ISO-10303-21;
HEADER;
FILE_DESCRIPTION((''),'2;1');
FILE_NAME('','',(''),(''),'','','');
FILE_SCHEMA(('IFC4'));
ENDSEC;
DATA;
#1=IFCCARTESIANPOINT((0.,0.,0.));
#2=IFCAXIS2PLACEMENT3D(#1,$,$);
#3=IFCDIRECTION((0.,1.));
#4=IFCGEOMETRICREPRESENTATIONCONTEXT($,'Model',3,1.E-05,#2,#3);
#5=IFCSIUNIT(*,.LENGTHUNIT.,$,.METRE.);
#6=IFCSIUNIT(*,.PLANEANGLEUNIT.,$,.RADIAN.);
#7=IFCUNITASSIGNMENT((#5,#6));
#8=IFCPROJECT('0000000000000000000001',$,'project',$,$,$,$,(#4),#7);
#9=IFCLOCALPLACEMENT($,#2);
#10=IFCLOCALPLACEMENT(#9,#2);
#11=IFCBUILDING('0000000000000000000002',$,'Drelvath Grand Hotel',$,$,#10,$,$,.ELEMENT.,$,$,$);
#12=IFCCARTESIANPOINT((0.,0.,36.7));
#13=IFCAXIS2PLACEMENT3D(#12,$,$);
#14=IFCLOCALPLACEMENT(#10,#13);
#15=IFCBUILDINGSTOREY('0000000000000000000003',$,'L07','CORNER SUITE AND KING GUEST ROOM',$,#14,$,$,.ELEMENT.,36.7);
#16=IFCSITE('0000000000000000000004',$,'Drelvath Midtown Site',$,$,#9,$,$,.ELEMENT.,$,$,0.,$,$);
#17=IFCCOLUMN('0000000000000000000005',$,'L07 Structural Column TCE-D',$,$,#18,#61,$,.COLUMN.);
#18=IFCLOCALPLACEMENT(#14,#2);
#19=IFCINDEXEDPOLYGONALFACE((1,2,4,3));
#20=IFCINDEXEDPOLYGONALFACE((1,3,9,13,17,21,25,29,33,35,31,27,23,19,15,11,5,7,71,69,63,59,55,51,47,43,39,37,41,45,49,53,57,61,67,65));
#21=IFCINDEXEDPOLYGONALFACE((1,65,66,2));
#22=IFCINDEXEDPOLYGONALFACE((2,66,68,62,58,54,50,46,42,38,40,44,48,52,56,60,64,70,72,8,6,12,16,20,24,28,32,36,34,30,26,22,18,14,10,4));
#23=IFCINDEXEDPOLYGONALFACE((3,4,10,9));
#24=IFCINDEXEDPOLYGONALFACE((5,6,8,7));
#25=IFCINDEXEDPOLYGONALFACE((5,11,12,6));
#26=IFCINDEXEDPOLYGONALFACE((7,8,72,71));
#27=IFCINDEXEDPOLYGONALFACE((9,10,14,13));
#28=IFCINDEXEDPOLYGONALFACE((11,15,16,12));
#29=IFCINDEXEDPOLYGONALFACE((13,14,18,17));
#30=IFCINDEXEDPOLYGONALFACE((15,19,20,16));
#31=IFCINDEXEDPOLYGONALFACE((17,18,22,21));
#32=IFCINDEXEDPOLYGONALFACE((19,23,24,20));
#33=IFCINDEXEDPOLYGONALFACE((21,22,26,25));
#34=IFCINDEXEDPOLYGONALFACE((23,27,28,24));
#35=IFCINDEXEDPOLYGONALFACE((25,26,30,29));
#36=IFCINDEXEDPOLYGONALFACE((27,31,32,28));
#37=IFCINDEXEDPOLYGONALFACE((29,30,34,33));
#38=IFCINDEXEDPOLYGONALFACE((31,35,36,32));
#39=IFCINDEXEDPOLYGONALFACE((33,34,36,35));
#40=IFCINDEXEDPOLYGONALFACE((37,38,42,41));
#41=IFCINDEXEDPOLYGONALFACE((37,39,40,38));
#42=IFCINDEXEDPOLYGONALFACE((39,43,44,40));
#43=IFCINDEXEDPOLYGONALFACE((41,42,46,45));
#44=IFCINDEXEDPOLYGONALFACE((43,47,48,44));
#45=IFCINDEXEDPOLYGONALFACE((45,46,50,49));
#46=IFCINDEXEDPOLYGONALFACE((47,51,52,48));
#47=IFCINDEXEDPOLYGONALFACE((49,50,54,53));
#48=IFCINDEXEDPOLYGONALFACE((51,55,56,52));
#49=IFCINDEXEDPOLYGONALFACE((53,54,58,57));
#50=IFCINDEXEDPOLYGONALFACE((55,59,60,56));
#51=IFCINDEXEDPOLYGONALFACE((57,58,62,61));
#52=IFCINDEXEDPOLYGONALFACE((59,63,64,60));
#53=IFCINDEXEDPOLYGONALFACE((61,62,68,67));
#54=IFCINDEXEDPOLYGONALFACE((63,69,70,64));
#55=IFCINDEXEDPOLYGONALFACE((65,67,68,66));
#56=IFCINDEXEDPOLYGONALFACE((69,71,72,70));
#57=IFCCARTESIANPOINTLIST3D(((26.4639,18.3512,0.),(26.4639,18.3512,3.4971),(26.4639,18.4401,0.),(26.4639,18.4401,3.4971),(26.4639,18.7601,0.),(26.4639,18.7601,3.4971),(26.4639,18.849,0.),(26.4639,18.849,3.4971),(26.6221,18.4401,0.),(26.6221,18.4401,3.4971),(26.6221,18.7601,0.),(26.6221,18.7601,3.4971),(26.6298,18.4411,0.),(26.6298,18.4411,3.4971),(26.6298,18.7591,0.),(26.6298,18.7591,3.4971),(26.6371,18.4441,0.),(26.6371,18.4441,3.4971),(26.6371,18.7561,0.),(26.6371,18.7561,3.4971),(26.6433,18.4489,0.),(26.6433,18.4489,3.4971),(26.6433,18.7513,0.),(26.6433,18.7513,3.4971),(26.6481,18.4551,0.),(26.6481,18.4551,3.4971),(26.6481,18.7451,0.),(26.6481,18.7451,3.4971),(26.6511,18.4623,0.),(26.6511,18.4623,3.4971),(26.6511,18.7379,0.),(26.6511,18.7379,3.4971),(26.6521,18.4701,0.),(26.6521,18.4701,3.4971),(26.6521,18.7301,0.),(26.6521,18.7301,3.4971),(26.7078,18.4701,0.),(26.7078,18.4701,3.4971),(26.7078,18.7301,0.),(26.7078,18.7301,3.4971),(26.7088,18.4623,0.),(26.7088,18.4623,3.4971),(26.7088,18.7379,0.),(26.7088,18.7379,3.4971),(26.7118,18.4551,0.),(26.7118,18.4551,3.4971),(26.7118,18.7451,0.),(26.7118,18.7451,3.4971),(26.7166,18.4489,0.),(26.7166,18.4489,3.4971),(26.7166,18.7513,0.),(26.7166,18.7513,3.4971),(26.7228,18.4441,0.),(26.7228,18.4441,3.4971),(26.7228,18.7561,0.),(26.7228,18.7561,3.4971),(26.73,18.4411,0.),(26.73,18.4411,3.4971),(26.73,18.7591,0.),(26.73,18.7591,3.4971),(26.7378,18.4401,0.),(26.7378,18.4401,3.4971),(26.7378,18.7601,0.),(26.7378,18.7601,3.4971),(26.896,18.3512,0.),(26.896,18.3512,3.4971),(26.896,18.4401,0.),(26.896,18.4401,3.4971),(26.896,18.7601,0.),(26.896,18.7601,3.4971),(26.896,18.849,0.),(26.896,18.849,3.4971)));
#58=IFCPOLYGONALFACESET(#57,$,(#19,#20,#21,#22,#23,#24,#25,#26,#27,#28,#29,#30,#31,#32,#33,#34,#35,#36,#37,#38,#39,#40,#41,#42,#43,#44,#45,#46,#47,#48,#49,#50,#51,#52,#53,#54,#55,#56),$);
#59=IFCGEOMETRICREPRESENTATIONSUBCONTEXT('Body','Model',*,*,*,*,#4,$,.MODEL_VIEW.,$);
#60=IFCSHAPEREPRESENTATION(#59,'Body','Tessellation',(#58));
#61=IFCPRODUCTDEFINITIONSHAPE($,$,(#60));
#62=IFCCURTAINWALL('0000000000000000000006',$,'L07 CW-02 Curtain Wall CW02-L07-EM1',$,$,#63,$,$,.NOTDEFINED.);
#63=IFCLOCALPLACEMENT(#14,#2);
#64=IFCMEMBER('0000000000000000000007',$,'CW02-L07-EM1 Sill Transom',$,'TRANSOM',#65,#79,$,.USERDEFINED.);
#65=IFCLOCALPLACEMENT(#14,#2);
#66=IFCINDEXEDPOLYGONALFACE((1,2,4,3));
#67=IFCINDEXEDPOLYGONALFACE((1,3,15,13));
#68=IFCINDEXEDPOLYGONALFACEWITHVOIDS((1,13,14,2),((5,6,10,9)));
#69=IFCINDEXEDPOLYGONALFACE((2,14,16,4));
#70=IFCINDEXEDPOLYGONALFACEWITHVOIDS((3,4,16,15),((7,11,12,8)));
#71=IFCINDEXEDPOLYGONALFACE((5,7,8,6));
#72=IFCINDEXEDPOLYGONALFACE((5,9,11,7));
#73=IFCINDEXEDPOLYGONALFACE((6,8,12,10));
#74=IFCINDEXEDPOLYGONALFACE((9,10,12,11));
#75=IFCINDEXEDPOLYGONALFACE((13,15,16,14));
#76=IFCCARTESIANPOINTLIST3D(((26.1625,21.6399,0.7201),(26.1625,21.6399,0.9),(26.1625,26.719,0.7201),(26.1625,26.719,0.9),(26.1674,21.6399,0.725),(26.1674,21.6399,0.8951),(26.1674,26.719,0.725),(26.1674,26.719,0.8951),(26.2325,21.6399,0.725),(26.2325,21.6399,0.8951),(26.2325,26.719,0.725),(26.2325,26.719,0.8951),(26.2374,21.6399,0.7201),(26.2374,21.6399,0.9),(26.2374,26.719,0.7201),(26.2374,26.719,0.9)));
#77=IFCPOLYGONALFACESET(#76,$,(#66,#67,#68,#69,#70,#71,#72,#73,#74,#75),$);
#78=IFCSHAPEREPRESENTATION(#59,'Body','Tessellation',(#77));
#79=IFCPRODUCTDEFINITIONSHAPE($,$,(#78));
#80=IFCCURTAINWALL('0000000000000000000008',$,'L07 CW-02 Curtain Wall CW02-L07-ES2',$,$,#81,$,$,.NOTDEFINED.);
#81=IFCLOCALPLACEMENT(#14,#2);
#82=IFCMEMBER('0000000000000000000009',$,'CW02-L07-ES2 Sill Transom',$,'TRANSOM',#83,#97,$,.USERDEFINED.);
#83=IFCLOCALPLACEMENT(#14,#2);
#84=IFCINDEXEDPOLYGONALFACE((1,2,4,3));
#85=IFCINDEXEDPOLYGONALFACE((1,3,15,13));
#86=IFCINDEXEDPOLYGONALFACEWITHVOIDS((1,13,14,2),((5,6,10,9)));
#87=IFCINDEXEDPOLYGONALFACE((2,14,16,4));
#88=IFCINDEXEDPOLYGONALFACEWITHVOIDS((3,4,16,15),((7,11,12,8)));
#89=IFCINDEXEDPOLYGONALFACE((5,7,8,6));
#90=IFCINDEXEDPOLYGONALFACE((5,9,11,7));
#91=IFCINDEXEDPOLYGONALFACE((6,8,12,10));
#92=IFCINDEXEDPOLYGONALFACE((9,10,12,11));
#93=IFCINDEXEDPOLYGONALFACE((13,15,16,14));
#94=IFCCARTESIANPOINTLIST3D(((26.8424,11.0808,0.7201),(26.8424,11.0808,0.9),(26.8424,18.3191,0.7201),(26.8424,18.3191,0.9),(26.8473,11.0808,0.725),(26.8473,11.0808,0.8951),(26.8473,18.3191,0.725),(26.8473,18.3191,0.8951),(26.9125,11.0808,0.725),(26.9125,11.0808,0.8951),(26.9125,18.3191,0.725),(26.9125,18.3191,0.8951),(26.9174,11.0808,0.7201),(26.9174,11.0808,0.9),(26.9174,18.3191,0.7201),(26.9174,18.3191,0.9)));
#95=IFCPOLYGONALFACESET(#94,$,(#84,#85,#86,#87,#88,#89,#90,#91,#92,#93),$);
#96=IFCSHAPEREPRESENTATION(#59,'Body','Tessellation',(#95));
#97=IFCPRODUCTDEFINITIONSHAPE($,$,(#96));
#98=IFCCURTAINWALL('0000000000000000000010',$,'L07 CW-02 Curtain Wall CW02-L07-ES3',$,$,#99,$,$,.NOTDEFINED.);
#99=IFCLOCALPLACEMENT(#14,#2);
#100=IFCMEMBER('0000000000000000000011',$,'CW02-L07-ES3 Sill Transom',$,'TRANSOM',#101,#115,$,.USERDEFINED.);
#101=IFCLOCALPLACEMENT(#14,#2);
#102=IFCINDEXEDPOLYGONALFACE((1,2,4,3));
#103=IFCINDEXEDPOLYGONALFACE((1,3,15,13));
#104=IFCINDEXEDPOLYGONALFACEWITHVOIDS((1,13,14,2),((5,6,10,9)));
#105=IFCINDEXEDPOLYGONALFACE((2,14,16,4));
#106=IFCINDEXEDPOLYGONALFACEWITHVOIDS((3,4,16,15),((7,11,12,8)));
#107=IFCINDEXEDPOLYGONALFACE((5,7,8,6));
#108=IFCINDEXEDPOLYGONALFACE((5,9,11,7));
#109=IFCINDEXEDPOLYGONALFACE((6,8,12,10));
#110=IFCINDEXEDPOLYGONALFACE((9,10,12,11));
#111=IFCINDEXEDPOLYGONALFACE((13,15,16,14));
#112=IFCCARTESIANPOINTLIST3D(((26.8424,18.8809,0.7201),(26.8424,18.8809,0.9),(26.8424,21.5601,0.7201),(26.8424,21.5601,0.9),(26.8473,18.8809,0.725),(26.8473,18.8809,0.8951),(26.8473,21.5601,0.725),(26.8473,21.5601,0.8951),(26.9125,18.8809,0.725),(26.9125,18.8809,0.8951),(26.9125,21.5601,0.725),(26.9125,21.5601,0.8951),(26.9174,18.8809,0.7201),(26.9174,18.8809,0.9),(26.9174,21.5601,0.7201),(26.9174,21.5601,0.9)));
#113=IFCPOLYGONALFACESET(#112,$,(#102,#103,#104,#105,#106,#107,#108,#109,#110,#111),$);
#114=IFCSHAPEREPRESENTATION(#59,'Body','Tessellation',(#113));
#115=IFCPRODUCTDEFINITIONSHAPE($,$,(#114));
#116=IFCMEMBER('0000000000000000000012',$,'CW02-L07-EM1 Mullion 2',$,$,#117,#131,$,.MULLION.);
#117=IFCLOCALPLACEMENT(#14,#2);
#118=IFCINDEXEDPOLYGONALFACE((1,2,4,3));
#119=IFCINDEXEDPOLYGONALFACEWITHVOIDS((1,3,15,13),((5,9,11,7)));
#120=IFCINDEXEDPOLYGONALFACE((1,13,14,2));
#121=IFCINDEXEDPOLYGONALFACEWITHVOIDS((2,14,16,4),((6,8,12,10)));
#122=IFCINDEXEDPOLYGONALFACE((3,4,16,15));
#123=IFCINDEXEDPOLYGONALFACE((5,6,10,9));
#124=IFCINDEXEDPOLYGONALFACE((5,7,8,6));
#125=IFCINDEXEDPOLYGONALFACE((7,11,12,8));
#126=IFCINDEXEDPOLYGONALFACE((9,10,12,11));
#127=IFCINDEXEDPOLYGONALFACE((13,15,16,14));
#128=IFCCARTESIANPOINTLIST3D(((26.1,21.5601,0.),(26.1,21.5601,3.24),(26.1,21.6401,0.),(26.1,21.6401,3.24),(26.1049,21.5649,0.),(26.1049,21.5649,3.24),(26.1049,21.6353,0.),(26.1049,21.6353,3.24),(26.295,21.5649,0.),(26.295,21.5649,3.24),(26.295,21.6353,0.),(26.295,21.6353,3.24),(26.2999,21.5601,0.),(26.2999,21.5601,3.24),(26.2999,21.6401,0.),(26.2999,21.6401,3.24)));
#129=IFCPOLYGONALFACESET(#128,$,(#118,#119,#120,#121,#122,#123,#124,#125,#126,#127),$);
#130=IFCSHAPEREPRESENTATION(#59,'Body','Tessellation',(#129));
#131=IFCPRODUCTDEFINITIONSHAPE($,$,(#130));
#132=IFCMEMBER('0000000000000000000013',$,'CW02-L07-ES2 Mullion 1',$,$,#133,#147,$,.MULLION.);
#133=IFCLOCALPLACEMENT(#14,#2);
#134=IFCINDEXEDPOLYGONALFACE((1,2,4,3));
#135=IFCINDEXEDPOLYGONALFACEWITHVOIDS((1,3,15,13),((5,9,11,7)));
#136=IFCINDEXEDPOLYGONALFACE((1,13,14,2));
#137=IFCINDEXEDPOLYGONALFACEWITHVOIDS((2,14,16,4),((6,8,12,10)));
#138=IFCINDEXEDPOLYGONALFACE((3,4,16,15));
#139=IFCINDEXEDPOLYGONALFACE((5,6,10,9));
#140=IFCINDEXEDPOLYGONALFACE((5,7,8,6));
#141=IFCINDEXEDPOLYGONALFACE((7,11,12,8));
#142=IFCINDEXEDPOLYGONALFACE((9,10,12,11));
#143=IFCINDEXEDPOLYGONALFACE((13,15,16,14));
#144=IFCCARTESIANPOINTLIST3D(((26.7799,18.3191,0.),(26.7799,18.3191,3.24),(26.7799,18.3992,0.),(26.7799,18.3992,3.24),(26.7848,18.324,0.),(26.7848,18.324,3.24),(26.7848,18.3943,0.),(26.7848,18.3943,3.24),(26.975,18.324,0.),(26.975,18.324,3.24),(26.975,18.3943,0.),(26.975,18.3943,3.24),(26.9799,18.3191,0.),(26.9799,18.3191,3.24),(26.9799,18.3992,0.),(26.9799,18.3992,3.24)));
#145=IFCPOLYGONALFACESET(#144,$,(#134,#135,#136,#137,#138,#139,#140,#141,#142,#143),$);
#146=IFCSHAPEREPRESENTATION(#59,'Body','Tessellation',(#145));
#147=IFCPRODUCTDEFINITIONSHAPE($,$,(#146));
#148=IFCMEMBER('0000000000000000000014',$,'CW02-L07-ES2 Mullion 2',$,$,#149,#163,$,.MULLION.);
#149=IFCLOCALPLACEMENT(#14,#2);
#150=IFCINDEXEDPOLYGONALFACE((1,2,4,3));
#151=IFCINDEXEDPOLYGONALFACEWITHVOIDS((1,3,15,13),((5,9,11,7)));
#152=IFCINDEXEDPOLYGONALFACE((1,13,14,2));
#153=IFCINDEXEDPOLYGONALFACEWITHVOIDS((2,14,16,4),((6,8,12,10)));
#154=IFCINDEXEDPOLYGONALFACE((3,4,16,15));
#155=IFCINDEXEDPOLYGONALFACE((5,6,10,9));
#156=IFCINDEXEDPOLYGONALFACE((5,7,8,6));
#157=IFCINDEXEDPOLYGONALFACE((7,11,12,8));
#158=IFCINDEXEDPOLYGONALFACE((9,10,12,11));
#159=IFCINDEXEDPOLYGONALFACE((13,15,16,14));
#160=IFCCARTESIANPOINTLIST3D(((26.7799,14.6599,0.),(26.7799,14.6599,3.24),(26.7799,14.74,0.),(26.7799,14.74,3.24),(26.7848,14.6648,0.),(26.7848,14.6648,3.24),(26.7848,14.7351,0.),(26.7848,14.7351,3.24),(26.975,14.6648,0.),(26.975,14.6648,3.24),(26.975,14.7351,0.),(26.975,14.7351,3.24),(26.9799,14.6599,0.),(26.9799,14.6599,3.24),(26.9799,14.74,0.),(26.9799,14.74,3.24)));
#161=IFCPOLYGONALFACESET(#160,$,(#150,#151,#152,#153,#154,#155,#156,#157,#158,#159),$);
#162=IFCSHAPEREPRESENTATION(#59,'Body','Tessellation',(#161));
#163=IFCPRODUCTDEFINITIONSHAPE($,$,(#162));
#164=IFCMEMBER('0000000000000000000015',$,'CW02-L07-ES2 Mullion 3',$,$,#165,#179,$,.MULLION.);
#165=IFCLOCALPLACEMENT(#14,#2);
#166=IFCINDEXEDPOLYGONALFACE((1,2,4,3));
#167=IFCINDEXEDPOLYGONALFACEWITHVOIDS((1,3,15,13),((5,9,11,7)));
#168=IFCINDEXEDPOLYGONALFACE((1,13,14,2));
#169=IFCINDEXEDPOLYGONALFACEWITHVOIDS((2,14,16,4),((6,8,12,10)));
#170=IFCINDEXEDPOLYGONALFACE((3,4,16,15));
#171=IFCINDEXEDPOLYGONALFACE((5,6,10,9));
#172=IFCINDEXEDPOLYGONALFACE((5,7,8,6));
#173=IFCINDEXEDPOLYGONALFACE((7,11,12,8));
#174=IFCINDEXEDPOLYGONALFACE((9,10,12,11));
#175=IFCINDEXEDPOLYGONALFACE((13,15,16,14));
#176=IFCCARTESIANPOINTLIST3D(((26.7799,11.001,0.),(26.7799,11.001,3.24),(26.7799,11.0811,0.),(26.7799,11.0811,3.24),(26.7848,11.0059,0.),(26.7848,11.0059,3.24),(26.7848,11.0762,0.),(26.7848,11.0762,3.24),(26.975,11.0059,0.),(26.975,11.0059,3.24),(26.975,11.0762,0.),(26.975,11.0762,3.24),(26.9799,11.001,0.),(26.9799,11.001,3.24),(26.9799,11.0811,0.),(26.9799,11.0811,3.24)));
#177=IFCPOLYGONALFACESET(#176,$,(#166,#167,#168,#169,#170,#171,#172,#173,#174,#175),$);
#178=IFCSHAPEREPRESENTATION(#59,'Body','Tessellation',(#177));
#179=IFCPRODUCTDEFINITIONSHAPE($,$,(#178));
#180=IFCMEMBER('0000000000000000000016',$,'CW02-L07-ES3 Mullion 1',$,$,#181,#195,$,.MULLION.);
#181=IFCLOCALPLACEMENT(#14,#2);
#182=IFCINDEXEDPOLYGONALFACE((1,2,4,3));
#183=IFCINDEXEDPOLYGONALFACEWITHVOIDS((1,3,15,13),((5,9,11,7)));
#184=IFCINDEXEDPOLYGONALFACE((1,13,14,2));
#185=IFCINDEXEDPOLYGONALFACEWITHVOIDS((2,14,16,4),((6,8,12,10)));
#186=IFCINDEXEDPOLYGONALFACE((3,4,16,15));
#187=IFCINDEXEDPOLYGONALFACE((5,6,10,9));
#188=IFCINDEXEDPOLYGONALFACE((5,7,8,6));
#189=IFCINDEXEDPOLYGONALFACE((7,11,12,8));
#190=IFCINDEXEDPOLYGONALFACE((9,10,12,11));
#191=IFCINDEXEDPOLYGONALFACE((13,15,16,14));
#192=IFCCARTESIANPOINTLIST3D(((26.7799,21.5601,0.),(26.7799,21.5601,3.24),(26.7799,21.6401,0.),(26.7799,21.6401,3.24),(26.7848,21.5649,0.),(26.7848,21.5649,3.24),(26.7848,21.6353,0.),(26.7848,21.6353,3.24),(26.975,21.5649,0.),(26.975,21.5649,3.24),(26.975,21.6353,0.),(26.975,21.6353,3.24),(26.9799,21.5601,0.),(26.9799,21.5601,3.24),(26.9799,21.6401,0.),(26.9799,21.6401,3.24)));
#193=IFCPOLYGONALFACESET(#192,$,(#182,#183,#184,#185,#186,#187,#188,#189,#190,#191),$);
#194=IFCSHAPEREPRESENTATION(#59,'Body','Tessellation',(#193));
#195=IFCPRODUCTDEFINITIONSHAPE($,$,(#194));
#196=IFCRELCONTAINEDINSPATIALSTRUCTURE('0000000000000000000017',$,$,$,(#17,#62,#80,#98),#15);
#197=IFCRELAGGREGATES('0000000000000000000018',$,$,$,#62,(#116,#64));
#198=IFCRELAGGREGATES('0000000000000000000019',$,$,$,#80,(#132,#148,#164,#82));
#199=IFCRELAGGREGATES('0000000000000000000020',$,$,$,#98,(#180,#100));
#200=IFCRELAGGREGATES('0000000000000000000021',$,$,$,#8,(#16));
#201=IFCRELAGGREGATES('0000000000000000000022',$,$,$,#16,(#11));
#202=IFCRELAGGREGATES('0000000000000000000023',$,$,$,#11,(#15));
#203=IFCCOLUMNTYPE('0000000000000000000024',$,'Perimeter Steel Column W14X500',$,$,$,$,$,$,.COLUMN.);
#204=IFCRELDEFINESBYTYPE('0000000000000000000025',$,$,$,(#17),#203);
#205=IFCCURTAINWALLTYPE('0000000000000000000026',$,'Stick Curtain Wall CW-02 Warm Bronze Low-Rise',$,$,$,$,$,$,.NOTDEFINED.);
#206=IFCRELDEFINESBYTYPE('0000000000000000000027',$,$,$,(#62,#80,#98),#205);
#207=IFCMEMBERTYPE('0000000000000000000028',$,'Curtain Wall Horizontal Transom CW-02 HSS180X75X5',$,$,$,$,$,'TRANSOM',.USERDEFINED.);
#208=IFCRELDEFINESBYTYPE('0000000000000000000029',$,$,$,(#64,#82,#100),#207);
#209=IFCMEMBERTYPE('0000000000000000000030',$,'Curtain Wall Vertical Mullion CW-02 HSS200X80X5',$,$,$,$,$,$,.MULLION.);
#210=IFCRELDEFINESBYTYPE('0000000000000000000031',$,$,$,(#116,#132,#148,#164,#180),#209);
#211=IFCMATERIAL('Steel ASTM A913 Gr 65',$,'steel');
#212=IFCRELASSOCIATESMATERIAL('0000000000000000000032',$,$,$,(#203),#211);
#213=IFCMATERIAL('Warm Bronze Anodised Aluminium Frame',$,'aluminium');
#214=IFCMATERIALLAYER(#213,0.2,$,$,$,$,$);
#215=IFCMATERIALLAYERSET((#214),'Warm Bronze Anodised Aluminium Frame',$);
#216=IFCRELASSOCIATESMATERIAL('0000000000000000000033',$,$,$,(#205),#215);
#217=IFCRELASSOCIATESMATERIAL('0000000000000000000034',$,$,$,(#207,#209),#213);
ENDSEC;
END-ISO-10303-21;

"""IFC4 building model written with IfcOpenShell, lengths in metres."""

from ifc_helpers import new_model, si_unit, direction, frame, origin, origin_2d, place, context, subcontext, project, spatial, hollow_rectangle, i_section, extrude, material, layer, layer_set, material_profile, profile_set, type_object, element, aggregate, save


model = new_model("IFC4")

# Units and contexts
model_context = context("Model", 3, precision=1e-05, world=origin(), true_north=direction((0.0, 1.0)))
body_context = subcontext(model_context, "Body", "Model", "MODEL_VIEW")
ifc_project = project(units=[si_unit("LENGTHUNIT", "METRE"), si_unit("PLANEANGLEUNIT", "RADIAN")], contexts=[model_context])

# Site, building, storey
site_placement = place(None, origin())
site = spatial("IfcSite", under=ifc_project, at=site_placement, Name="Drelvath Midtown Site", CompositionType="ELEMENT", RefElevation=0.0)
building_placement = place(site_placement, origin())
building = spatial("IfcBuilding", under=site, at=building_placement, Name="Drelvath Grand Hotel", CompositionType="ELEMENT")
storey_placement = place(building_placement, frame((0.0, 0.0, 36.7)))
storey = spatial("IfcBuildingStorey", under=building, at=storey_placement, Name="L07", Description="CORNER SUITE AND KING GUEST ROOM", CompositionType="ELEMENT", Elevation=36.7)

# Column
ifc_material_1 = material(Name="Steel ASTM A913 Gr 65", Category="steel")
ifc_material_profile_1 = material_profile(ifc_material_1, i_section(OverallWidth=0.4321, OverallDepth=0.4978, WebThickness=0.0557, FlangeThickness=0.0889, FilletRadius=0.03, at=origin_2d()), Name="W14X500")
ifc_profile_set_1 = profile_set([ifc_material_profile_1], Name="Steel ASTM A913 Gr 65")
column_type = type_object("IfcColumnType", Name="Perimeter Steel Column W14X500", PredefinedType="COLUMN", material=ifc_profile_set_1)
column_placement = place(storey_placement, frame((26.6799, 18.6001, 0.0), z_axis=(0.0, 0.0, 1.0), x_axis=(1.0, 0.0, 0.0)))
element("IfcColumn", 1, at=column_placement, inside=storey, type_object=column_type, Name="L07 Structural Column TCE-D", PredefinedType="COLUMN", context=body_context, shape_type="SweptSolid", body=[
    extrude(i_section(OverallWidth=0.4321, OverallDepth=0.4978, WebThickness=0.0557, FlangeThickness=0.0889, FilletRadius=0.03, at=origin_2d()), origin(), (0.0, 0.0, 1.0), 3.4971),
])

# Curtain walls, members
ifc_material_2 = material(Name="Warm Bronze Anodised Aluminium Frame", Category="aluminium")
ifc_layer_1 = layer(ifc_material_2, 0.2)
ifc_layer_set_1 = layer_set([ifc_layer_1], Name="Warm Bronze Anodised Aluminium Frame")
curtain_wall_type = type_object("IfcCurtainWallType", Name="Stick Curtain Wall CW-02 Warm Bronze Low-Rise", PredefinedType="NOTDEFINED", material=ifc_layer_set_1)
curtain_wall_1_placement = place(storey_placement, origin())
curtain_wall_1 = element("IfcCurtainWall", 2, at=curtain_wall_1_placement, inside=storey, type_object=curtain_wall_type, Name="L07 CW-02 Curtain Wall CW02-L07-EM1", PredefinedType="NOTDEFINED")
ifc_material_profile_2 = material_profile(ifc_material_2, hollow_rectangle(XDim=0.075, YDim=0.1799, WallThickness=0.0049, at=origin_2d()), Name="HSS180X75X5")
ifc_profile_set_2 = profile_set([ifc_material_profile_2], Name="Warm Bronze Anodised Aluminium Frame")
member_type_1 = type_object("IfcMemberType", Name="Curtain Wall Horizontal Transom CW-02 HSS180X75X5", ElementType="TRANSOM", PredefinedType="USERDEFINED", material=ifc_profile_set_2)
member_1_placement = place(storey_placement, frame((26.2, 26.719, 0.8101), z_axis=(0.0, -1.0, 0.0), x_axis=(1.0, 0.0, 0.0)))
member_1 = element("IfcMember", 3, at=member_1_placement, type_object=member_type_1, Name="CW02-L07-EM1 Sill Transom", ObjectType="TRANSOM", PredefinedType="USERDEFINED", context=body_context, shape_type="SweptSolid", body=[
    extrude(hollow_rectangle(XDim=0.075, YDim=0.1799, WallThickness=0.0049, at=origin_2d()), origin(), (0.0, 0.0, 1.0), 5.0791),
])
curtain_wall_2_placement = place(storey_placement, origin())
curtain_wall_2 = element("IfcCurtainWall", 4, at=curtain_wall_2_placement, inside=storey, type_object=curtain_wall_type, Name="L07 CW-02 Curtain Wall CW02-L07-ES2", PredefinedType="NOTDEFINED")
member_2_placement = place(storey_placement, frame((26.8799, 18.3191, 0.8101), z_axis=(0.0, -1.0, 0.0), x_axis=(1.0, 0.0, 0.0)))
member_2 = element("IfcMember", 5, at=member_2_placement, type_object=member_type_1, Name="CW02-L07-ES2 Sill Transom", ObjectType="TRANSOM", PredefinedType="USERDEFINED", context=body_context, shape_type="SweptSolid", body=[
    extrude(hollow_rectangle(XDim=0.075, YDim=0.1799, WallThickness=0.0049, at=origin_2d()), origin(), (0.0, 0.0, 1.0), 7.2383),
])
curtain_wall_3_placement = place(storey_placement, origin())
curtain_wall_3 = element("IfcCurtainWall", 6, at=curtain_wall_3_placement, inside=storey, type_object=curtain_wall_type, Name="L07 CW-02 Curtain Wall CW02-L07-ES3", PredefinedType="NOTDEFINED")
member_3_placement = place(storey_placement, frame((26.8799, 21.5601, 0.8101), z_axis=(0.0, -1.0, 0.0), x_axis=(1.0, 0.0, 0.0)))
member_3 = element("IfcMember", 7, at=member_3_placement, type_object=member_type_1, Name="CW02-L07-ES3 Sill Transom", ObjectType="TRANSOM", PredefinedType="USERDEFINED", context=body_context, shape_type="SweptSolid", body=[
    extrude(hollow_rectangle(XDim=0.075, YDim=0.1799, WallThickness=0.0049, at=origin_2d()), origin(), (0.0, 0.0, 1.0), 2.6792),
])

# Members
ifc_material_profile_3 = material_profile(ifc_material_2, hollow_rectangle(XDim=0.0801, YDim=0.2, WallThickness=0.0049, at=origin_2d()), Name="HSS200X80X5")
ifc_profile_set_3 = profile_set([ifc_material_profile_3], Name="Warm Bronze Anodised Aluminium Frame")
member_type_2 = type_object("IfcMemberType", Name="Curtain Wall Vertical Mullion CW-02 HSS200X80X5", PredefinedType="MULLION", material=ifc_profile_set_3)
member_4_placement = place(storey_placement, frame((26.2, 21.6001, 0.0), z_axis=(0.0, 0.0, 1.0), x_axis=(0.0, 1.0, 0.0)))
member_4 = element("IfcMember", 8, at=member_4_placement, type_object=member_type_2, Name="CW02-L07-EM1 Mullion 2", PredefinedType="MULLION", context=body_context, shape_type="SweptSolid", body=[
    extrude(hollow_rectangle(XDim=0.0801, YDim=0.2, WallThickness=0.0049, at=origin_2d()), origin(), (0.0, 0.0, 1.0), 3.24),
])
member_5_placement = place(storey_placement, frame((26.8799, 18.3591, 0.0), z_axis=(0.0, 0.0, 1.0), x_axis=(0.0, 1.0, 0.0)))
member_5 = element("IfcMember", 9, at=member_5_placement, type_object=member_type_2, Name="CW02-L07-ES2 Mullion 1", PredefinedType="MULLION", context=body_context, shape_type="SweptSolid", body=[
    extrude(hollow_rectangle(XDim=0.0801, YDim=0.2, WallThickness=0.0049, at=origin_2d()), origin(), (0.0, 0.0, 1.0), 3.24),
])
member_6_placement = place(storey_placement, frame((26.8799, 14.7, 0.0), z_axis=(0.0, 0.0, 1.0), x_axis=(0.0, 1.0, 0.0)))
member_6 = element("IfcMember", 10, at=member_6_placement, type_object=member_type_2, Name="CW02-L07-ES2 Mullion 2", PredefinedType="MULLION", context=body_context, shape_type="SweptSolid", body=[
    extrude(hollow_rectangle(XDim=0.0801, YDim=0.2, WallThickness=0.0049, at=origin_2d()), origin(), (0.0, 0.0, 1.0), 3.24),
])
member_7_placement = place(storey_placement, frame((26.8799, 11.041, 0.0), z_axis=(0.0, 0.0, 1.0), x_axis=(0.0, 1.0, 0.0)))
member_7 = element("IfcMember", 11, at=member_7_placement, type_object=member_type_2, Name="CW02-L07-ES2 Mullion 3", PredefinedType="MULLION", context=body_context, shape_type="SweptSolid", body=[
    extrude(hollow_rectangle(XDim=0.0801, YDim=0.2, WallThickness=0.0049, at=origin_2d()), origin(), (0.0, 0.0, 1.0), 3.24),
])
member_8_placement = place(storey_placement, frame((26.8799, 21.6001, 0.0), z_axis=(0.0, 0.0, 1.0), x_axis=(0.0, 1.0, 0.0)))
member_8 = element("IfcMember", 12, at=member_8_placement, type_object=member_type_2, Name="CW02-L07-ES3 Mullion 1", PredefinedType="MULLION", context=body_context, shape_type="SweptSolid", body=[
    extrude(hollow_rectangle(XDim=0.0801, YDim=0.2, WallThickness=0.0049, at=origin_2d()), origin(), (0.0, 0.0, 1.0), 3.24),
])

aggregate(curtain_wall_1, [member_4, member_1])
aggregate(curtain_wall_2, [member_5, member_6, member_7, member_2])
aggregate(curtain_wall_3, [member_8, member_3])

save(model, "model.ifc")
